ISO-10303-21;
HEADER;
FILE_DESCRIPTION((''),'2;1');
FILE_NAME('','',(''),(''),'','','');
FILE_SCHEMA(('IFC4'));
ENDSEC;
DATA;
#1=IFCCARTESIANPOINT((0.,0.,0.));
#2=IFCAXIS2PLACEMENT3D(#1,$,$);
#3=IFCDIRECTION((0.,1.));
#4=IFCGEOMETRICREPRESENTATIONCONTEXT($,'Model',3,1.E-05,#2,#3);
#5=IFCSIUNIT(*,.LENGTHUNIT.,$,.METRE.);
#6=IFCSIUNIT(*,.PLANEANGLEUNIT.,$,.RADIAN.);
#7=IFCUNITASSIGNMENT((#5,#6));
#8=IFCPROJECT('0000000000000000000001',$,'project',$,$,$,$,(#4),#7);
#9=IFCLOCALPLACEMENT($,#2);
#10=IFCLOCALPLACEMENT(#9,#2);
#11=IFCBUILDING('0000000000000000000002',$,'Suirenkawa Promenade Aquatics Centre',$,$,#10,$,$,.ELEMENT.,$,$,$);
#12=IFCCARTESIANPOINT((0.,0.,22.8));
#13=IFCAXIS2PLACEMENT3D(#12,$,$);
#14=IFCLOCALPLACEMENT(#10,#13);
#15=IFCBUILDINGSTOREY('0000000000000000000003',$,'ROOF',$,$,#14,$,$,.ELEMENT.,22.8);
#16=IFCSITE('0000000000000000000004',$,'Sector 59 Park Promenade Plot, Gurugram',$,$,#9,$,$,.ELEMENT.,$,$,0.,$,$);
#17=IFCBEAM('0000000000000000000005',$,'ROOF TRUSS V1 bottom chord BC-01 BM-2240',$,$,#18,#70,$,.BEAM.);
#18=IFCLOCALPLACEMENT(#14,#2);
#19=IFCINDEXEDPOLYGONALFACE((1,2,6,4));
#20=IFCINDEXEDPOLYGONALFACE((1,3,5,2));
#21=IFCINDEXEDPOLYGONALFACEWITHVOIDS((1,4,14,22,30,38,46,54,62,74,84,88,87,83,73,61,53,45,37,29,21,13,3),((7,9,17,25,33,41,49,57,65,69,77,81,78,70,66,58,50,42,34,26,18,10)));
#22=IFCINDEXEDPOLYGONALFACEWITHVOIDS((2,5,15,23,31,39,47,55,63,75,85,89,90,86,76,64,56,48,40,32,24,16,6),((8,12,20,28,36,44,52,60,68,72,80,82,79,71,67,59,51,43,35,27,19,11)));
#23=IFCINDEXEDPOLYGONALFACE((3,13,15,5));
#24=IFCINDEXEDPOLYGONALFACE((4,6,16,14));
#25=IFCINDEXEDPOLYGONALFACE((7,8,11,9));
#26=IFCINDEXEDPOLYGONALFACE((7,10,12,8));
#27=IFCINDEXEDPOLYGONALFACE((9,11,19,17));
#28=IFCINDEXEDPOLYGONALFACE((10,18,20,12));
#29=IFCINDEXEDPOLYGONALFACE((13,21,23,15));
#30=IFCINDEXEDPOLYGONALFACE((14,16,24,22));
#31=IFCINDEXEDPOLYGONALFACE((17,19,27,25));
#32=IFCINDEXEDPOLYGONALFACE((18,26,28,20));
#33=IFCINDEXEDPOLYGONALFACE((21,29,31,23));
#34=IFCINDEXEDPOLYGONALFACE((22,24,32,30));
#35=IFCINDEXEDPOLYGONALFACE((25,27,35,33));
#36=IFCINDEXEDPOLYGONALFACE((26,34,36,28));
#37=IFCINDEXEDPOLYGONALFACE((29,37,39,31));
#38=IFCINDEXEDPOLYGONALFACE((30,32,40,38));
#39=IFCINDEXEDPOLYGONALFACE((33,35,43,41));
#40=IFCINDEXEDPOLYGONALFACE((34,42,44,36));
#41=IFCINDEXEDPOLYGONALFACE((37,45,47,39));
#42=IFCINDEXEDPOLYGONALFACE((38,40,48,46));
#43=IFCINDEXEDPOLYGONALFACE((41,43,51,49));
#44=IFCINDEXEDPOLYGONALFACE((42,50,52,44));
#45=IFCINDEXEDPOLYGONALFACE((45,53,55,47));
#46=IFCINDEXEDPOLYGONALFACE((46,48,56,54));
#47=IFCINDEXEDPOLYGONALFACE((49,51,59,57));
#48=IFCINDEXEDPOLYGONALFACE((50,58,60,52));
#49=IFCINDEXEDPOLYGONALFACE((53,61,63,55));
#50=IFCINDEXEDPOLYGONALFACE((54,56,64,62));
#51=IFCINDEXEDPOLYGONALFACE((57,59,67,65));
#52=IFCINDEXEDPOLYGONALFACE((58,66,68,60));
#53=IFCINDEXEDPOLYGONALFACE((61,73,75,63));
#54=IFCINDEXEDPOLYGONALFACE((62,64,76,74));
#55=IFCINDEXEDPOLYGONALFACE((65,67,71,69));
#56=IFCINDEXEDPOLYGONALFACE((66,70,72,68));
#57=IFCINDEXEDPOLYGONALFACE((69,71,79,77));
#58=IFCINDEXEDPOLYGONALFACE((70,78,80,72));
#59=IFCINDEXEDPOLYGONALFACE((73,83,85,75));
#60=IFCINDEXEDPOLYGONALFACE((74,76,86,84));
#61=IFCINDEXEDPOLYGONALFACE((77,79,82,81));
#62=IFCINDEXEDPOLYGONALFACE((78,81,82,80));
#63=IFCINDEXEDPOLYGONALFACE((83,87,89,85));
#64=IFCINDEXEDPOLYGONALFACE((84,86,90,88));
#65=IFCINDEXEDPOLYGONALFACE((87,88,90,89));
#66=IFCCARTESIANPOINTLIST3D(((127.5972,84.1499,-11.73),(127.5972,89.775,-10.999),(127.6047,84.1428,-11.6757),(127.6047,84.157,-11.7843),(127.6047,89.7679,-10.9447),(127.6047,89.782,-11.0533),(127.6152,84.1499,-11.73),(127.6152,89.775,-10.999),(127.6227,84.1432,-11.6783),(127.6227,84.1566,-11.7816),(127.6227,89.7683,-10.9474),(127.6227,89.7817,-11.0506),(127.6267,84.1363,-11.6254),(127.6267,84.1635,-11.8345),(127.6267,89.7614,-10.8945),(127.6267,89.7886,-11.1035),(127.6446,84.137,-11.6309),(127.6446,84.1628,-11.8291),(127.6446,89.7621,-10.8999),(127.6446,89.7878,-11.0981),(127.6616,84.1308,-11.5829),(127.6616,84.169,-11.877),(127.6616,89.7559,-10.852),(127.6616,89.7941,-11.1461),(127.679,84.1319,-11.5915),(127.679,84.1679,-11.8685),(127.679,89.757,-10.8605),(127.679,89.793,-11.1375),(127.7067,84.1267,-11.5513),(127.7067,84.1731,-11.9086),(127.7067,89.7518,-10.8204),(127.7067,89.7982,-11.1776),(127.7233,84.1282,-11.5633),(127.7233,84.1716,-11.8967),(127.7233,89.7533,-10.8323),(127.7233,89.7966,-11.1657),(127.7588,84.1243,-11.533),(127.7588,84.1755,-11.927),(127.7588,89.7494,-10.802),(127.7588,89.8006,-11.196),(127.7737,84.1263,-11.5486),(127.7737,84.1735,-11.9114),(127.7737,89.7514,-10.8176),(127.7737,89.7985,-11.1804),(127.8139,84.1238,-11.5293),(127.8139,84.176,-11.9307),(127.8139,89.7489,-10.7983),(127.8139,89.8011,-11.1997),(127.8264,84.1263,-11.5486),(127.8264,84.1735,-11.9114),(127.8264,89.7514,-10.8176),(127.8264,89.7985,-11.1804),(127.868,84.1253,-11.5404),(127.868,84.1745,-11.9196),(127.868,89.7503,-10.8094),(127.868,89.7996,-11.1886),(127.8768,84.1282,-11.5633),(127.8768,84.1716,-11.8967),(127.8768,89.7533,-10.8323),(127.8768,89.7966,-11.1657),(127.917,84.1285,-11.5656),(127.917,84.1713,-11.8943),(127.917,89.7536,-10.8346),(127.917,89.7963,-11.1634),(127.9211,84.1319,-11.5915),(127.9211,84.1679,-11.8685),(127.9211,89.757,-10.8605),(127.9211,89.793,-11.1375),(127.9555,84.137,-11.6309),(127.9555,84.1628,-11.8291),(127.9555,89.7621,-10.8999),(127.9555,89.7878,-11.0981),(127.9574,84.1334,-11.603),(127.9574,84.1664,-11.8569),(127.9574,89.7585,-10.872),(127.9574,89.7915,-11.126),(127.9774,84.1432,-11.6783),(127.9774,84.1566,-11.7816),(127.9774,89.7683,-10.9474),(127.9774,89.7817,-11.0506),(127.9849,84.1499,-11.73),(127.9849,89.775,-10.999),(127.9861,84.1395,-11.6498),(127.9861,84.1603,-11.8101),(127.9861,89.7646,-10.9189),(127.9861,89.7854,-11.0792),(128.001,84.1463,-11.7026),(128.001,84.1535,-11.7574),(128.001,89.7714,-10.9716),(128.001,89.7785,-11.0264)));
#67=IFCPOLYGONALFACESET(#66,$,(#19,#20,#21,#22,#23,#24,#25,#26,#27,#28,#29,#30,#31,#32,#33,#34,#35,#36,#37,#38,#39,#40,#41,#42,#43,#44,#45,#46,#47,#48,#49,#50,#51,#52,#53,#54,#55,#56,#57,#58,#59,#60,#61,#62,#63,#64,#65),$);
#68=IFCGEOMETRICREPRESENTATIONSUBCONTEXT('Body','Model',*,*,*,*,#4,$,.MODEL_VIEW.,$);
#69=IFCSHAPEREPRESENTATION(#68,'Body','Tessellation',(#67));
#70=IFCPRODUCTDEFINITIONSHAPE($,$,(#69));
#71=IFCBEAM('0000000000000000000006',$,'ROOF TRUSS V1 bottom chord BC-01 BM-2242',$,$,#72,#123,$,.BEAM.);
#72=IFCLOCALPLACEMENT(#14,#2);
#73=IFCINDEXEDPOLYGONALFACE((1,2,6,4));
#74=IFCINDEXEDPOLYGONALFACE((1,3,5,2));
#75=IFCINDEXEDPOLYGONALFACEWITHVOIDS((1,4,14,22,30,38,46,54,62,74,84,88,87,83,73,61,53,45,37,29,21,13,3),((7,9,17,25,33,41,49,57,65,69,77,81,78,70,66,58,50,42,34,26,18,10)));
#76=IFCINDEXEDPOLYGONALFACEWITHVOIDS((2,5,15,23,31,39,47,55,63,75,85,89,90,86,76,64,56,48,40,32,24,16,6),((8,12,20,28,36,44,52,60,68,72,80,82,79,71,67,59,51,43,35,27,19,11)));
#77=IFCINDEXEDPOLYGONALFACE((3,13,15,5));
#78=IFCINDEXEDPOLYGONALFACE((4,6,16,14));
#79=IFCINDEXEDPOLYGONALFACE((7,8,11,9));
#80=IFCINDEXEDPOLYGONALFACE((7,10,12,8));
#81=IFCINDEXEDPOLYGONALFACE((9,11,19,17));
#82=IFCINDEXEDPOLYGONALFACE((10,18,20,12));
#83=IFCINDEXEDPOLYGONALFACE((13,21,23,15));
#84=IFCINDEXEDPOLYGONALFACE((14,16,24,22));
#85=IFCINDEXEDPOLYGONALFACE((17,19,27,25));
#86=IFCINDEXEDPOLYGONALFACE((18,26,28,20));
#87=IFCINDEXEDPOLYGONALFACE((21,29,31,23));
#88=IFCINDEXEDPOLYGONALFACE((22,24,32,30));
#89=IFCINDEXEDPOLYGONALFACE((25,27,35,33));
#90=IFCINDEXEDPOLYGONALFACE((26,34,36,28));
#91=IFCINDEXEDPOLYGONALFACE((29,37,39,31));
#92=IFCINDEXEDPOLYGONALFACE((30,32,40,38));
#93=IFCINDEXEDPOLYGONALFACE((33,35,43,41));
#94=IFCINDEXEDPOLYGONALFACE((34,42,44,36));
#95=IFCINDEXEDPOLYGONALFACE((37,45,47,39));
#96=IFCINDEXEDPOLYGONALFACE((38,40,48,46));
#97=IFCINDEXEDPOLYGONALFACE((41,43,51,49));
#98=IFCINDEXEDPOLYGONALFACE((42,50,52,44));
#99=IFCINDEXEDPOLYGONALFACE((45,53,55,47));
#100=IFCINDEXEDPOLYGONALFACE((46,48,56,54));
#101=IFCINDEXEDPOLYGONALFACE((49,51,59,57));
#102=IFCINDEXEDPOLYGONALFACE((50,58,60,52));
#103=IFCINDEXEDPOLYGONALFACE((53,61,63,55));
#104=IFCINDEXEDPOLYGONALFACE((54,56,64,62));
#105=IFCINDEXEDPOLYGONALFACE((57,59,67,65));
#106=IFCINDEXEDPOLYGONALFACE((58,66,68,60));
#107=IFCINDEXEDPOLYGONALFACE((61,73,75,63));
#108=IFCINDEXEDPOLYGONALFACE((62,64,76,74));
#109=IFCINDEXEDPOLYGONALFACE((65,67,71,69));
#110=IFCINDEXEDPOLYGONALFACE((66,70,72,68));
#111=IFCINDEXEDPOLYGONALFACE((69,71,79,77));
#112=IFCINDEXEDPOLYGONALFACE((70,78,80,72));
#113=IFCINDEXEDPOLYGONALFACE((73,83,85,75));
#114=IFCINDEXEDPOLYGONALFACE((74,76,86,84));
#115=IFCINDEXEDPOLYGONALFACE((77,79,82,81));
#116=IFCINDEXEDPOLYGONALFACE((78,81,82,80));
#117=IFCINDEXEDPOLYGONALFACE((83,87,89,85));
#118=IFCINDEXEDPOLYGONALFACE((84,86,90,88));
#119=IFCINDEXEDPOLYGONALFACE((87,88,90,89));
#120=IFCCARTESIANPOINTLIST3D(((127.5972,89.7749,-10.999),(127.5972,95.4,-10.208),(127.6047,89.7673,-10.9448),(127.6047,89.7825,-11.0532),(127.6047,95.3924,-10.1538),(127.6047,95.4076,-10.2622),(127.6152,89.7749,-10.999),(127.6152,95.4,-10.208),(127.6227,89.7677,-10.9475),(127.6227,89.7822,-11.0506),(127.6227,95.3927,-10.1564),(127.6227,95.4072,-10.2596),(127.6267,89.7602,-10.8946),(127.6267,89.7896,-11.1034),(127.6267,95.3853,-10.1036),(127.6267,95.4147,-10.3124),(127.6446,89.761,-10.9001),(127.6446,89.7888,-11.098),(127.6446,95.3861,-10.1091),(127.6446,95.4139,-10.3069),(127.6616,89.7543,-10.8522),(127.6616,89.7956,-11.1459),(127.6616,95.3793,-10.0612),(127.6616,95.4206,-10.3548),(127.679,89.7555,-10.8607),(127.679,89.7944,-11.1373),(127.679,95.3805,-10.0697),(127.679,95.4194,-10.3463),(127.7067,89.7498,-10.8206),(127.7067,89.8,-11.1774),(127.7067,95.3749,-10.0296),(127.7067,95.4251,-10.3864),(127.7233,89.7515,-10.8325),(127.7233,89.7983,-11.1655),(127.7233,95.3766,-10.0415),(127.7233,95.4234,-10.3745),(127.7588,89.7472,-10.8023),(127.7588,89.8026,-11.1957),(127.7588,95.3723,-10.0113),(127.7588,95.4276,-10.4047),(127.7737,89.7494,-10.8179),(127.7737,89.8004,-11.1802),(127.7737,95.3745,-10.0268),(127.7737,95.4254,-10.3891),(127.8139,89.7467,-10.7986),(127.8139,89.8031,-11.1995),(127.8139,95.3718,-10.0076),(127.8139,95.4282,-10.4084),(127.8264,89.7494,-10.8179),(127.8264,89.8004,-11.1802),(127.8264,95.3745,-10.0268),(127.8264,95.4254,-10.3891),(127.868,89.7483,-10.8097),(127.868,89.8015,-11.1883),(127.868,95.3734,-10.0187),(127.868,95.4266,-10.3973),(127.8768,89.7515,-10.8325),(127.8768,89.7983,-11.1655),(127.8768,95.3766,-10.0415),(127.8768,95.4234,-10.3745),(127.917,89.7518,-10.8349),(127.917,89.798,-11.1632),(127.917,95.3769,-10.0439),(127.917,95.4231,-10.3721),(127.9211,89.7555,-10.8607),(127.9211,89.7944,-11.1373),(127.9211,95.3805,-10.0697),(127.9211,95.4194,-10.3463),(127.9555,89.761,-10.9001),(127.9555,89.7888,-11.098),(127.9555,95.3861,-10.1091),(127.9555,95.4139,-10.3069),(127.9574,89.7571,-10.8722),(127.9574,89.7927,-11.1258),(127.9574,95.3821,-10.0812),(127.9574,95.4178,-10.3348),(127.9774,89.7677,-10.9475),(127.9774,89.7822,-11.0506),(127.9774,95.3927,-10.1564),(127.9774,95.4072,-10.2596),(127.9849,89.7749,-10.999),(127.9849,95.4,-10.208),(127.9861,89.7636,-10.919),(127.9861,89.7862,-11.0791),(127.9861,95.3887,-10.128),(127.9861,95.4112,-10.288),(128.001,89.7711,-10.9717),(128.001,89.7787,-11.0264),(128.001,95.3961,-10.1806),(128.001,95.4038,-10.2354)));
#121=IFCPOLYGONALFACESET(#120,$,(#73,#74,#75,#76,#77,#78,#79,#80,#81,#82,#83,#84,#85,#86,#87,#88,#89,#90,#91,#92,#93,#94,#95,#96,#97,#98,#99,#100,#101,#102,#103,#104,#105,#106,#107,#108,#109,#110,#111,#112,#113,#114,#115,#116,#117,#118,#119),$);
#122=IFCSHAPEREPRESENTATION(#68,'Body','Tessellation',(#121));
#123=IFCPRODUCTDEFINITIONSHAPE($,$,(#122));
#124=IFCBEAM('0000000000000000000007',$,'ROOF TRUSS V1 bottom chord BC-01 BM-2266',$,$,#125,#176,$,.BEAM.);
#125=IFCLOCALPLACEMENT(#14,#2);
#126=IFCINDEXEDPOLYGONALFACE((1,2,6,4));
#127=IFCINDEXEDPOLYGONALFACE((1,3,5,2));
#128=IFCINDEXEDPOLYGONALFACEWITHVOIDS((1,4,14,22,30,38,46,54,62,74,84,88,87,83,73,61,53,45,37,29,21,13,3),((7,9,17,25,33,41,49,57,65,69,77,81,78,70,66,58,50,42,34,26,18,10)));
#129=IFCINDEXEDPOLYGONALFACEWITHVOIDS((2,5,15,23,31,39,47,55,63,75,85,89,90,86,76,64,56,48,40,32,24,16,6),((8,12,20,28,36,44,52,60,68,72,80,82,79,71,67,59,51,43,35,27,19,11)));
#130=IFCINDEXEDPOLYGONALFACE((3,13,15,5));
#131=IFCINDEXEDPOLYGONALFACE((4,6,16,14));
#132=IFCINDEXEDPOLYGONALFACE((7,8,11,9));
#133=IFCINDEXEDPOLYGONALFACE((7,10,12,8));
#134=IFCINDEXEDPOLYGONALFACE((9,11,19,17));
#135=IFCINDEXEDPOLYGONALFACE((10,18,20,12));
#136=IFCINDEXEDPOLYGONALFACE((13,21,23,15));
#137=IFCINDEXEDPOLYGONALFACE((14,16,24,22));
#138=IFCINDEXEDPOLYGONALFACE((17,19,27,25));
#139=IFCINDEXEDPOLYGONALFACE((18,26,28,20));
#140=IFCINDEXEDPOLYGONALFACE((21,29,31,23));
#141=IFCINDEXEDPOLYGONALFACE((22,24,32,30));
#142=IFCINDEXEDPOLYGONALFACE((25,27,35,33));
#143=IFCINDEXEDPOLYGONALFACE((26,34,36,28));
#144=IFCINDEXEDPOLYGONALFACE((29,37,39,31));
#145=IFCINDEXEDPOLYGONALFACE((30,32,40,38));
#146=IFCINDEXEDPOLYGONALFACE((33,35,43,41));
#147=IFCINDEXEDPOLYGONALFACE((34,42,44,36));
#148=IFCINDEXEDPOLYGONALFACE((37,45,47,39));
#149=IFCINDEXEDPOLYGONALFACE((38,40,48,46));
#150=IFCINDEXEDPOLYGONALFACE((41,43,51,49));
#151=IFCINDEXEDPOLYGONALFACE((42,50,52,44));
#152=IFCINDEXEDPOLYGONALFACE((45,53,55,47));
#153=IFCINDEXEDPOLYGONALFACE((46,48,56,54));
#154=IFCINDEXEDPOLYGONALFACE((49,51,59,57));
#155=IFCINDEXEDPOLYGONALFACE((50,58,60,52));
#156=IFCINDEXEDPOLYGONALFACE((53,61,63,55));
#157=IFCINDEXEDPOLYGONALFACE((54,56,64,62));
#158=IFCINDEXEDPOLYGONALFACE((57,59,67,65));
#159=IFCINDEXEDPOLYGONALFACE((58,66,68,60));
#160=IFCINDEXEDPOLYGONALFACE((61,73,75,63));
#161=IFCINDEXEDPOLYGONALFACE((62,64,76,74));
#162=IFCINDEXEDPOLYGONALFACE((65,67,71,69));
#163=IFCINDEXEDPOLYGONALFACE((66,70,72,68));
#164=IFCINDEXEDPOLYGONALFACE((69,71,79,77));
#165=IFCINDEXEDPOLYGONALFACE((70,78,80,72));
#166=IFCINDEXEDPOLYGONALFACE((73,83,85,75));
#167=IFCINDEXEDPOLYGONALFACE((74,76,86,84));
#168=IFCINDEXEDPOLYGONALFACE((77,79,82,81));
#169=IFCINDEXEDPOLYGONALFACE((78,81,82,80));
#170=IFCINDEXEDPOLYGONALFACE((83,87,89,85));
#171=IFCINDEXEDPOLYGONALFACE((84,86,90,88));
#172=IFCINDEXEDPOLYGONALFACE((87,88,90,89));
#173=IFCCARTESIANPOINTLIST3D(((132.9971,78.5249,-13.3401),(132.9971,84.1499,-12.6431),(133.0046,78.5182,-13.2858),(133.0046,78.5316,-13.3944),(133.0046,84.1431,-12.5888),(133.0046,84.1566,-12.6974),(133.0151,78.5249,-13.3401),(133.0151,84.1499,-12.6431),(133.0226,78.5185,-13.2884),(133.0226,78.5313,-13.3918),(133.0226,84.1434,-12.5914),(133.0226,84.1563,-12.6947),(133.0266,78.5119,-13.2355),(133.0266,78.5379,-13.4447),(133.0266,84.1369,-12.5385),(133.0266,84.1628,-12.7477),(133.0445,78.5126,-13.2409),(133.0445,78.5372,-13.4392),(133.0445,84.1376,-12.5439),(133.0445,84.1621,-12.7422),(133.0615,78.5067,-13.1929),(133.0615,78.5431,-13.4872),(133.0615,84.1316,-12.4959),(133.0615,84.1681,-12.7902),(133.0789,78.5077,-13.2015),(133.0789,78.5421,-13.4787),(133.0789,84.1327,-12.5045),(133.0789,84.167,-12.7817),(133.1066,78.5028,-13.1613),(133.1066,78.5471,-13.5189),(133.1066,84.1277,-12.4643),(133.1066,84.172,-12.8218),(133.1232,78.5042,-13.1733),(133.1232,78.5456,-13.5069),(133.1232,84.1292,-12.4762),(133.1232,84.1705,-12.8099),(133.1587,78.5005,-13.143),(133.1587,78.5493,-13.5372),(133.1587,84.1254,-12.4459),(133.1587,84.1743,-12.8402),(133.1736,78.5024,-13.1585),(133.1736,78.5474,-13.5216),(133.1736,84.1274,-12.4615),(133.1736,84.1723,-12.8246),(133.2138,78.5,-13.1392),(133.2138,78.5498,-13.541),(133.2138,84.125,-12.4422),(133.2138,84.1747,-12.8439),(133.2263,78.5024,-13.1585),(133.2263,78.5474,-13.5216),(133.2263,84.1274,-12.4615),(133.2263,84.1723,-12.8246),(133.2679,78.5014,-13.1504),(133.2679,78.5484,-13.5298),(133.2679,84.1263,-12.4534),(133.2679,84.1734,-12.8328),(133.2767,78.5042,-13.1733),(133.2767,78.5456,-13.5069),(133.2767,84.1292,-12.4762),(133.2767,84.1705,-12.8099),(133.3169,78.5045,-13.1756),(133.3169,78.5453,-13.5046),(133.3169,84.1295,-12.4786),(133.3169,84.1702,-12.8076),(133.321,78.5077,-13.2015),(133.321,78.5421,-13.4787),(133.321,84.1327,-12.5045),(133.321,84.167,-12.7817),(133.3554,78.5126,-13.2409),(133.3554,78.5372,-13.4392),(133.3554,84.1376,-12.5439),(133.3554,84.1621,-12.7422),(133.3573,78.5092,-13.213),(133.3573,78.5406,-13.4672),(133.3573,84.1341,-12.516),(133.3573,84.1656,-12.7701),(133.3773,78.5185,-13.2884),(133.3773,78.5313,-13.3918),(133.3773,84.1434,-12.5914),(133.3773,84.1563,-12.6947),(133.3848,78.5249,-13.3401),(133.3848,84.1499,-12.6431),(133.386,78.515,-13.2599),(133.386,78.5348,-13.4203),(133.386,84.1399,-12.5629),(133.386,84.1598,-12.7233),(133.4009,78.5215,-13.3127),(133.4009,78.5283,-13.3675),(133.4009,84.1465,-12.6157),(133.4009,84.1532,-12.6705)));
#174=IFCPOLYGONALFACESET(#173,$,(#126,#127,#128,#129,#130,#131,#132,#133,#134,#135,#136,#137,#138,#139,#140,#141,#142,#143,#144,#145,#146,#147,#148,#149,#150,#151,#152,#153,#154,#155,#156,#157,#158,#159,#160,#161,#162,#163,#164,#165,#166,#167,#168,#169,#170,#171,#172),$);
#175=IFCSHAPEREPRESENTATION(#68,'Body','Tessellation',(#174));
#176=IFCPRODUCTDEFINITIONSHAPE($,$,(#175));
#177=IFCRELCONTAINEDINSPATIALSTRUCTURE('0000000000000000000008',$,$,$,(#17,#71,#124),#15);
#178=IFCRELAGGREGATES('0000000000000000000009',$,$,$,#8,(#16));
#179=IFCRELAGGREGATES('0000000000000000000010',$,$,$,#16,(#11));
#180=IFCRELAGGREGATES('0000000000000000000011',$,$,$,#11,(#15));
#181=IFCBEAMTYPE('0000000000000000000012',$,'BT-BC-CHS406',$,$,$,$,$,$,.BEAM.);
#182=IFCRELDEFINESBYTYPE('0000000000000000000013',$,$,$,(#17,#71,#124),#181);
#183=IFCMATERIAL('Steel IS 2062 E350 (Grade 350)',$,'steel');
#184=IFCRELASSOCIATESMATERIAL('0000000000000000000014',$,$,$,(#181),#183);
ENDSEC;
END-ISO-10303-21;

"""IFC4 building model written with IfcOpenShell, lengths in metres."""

from ifc_helpers import new_model, si_unit, direction, frame, origin, origin_2d, place, context, subcontext, project, spatial, hollow_circle, extrude, material, material_profile, profile_set, type_object, element, save


model = new_model("IFC4")

# Units and contexts
model_context = context("Model", 3, precision=1e-05, world=origin(), true_north=direction((0.0, 1.0)))
body_context = subcontext(model_context, "Body", "Model", "MODEL_VIEW")
ifc_project = project(units=[si_unit("LENGTHUNIT", "METRE"), si_unit("PLANEANGLEUNIT", "RADIAN")], contexts=[model_context])

# Site, building, storey
site_placement = place(None, origin())
site = spatial("IfcSite", under=ifc_project, at=site_placement, Name="Sector 59 Park Promenade Plot, Gurugram", CompositionType="ELEMENT", RefElevation=0.0)
building_placement = place(site_placement, origin())
building = spatial("IfcBuilding", under=site, at=building_placement, Name="Suirenkawa Promenade Aquatics Centre", CompositionType="ELEMENT")
storey_placement = place(building_placement, frame((0.0, 0.0, 22.8)))
storey = spatial("IfcBuildingStorey", under=building, at=storey_placement, Name="ROOF", CompositionType="ELEMENT", Elevation=22.8)

# Beams
ifc_material = material(Name="Steel IS 2062 E350 (Grade 350)", Category="steel")
ifc_material_profile_1 = material_profile(ifc_material, hollow_circle(Radius=0.2029, WallThickness=0.0181, at=origin_2d()), Name="CHS 406x18", Category="steel")
ifc_profile_set_1 = profile_set([ifc_material_profile_1], Name="Steel IS 2062 E350 (Grade 350)")
beam_type_1 = type_object("IfcBeamType", Name="BT-BC-CHS406", PredefinedType="BEAM", material=ifc_profile_set_1)
beam_1_placement = place(storey_placement, frame((127.8, 84.1499, -11.73), z_axis=(0.0, 0.991662, 0.128864), x_axis=(-1.0, 0.0, 0.0)))
element("IfcBeam", 1, at=beam_1_placement, inside=storey, type_object=beam_type_1, Name="ROOF TRUSS V1 bottom chord BC-01 BM-2240", PredefinedType="BEAM", context=body_context, shape_type="SweptSolid", body=[
    extrude(hollow_circle(Radius=0.2029, WallThickness=0.0181, at=origin_2d()), origin(), (0.0, 0.0, 1.0), 5.6724),
])
beam_2_placement = place(storey_placement, frame((127.8, 89.7749, -10.999), z_axis=(0.0, 0.990257, 0.139255), x_axis=(-1.0, 0.0, 0.0)))
element("IfcBeam", 2, at=beam_2_placement, inside=storey, type_object=beam_type_1, Name="ROOF TRUSS V1 bottom chord BC-01 BM-2242", PredefinedType="BEAM", context=body_context, shape_type="SweptSolid", body=[
    extrude(hollow_circle(Radius=0.2029, WallThickness=0.0181, at=origin_2d()), origin(), (0.0, 0.0, 1.0), 5.6804),
])
beam_3_placement = place(storey_placement, frame((133.2, 78.5249, -13.3401), z_axis=(0.0, 0.99241, 0.122974), x_axis=(-1.0, 0.0, 0.0)))
element("IfcBeam", 3, at=beam_3_placement, inside=storey, type_object=beam_type_1, Name="ROOF TRUSS V1 bottom chord BC-01 BM-2266", PredefinedType="BEAM", context=body_context, shape_type="SweptSolid", body=[
    extrude(hollow_circle(Radius=0.2029, WallThickness=0.0181, at=origin_2d()), origin(), (0.0, 0.0, 1.0), 5.668),
])

save(model, "model.ifc")
